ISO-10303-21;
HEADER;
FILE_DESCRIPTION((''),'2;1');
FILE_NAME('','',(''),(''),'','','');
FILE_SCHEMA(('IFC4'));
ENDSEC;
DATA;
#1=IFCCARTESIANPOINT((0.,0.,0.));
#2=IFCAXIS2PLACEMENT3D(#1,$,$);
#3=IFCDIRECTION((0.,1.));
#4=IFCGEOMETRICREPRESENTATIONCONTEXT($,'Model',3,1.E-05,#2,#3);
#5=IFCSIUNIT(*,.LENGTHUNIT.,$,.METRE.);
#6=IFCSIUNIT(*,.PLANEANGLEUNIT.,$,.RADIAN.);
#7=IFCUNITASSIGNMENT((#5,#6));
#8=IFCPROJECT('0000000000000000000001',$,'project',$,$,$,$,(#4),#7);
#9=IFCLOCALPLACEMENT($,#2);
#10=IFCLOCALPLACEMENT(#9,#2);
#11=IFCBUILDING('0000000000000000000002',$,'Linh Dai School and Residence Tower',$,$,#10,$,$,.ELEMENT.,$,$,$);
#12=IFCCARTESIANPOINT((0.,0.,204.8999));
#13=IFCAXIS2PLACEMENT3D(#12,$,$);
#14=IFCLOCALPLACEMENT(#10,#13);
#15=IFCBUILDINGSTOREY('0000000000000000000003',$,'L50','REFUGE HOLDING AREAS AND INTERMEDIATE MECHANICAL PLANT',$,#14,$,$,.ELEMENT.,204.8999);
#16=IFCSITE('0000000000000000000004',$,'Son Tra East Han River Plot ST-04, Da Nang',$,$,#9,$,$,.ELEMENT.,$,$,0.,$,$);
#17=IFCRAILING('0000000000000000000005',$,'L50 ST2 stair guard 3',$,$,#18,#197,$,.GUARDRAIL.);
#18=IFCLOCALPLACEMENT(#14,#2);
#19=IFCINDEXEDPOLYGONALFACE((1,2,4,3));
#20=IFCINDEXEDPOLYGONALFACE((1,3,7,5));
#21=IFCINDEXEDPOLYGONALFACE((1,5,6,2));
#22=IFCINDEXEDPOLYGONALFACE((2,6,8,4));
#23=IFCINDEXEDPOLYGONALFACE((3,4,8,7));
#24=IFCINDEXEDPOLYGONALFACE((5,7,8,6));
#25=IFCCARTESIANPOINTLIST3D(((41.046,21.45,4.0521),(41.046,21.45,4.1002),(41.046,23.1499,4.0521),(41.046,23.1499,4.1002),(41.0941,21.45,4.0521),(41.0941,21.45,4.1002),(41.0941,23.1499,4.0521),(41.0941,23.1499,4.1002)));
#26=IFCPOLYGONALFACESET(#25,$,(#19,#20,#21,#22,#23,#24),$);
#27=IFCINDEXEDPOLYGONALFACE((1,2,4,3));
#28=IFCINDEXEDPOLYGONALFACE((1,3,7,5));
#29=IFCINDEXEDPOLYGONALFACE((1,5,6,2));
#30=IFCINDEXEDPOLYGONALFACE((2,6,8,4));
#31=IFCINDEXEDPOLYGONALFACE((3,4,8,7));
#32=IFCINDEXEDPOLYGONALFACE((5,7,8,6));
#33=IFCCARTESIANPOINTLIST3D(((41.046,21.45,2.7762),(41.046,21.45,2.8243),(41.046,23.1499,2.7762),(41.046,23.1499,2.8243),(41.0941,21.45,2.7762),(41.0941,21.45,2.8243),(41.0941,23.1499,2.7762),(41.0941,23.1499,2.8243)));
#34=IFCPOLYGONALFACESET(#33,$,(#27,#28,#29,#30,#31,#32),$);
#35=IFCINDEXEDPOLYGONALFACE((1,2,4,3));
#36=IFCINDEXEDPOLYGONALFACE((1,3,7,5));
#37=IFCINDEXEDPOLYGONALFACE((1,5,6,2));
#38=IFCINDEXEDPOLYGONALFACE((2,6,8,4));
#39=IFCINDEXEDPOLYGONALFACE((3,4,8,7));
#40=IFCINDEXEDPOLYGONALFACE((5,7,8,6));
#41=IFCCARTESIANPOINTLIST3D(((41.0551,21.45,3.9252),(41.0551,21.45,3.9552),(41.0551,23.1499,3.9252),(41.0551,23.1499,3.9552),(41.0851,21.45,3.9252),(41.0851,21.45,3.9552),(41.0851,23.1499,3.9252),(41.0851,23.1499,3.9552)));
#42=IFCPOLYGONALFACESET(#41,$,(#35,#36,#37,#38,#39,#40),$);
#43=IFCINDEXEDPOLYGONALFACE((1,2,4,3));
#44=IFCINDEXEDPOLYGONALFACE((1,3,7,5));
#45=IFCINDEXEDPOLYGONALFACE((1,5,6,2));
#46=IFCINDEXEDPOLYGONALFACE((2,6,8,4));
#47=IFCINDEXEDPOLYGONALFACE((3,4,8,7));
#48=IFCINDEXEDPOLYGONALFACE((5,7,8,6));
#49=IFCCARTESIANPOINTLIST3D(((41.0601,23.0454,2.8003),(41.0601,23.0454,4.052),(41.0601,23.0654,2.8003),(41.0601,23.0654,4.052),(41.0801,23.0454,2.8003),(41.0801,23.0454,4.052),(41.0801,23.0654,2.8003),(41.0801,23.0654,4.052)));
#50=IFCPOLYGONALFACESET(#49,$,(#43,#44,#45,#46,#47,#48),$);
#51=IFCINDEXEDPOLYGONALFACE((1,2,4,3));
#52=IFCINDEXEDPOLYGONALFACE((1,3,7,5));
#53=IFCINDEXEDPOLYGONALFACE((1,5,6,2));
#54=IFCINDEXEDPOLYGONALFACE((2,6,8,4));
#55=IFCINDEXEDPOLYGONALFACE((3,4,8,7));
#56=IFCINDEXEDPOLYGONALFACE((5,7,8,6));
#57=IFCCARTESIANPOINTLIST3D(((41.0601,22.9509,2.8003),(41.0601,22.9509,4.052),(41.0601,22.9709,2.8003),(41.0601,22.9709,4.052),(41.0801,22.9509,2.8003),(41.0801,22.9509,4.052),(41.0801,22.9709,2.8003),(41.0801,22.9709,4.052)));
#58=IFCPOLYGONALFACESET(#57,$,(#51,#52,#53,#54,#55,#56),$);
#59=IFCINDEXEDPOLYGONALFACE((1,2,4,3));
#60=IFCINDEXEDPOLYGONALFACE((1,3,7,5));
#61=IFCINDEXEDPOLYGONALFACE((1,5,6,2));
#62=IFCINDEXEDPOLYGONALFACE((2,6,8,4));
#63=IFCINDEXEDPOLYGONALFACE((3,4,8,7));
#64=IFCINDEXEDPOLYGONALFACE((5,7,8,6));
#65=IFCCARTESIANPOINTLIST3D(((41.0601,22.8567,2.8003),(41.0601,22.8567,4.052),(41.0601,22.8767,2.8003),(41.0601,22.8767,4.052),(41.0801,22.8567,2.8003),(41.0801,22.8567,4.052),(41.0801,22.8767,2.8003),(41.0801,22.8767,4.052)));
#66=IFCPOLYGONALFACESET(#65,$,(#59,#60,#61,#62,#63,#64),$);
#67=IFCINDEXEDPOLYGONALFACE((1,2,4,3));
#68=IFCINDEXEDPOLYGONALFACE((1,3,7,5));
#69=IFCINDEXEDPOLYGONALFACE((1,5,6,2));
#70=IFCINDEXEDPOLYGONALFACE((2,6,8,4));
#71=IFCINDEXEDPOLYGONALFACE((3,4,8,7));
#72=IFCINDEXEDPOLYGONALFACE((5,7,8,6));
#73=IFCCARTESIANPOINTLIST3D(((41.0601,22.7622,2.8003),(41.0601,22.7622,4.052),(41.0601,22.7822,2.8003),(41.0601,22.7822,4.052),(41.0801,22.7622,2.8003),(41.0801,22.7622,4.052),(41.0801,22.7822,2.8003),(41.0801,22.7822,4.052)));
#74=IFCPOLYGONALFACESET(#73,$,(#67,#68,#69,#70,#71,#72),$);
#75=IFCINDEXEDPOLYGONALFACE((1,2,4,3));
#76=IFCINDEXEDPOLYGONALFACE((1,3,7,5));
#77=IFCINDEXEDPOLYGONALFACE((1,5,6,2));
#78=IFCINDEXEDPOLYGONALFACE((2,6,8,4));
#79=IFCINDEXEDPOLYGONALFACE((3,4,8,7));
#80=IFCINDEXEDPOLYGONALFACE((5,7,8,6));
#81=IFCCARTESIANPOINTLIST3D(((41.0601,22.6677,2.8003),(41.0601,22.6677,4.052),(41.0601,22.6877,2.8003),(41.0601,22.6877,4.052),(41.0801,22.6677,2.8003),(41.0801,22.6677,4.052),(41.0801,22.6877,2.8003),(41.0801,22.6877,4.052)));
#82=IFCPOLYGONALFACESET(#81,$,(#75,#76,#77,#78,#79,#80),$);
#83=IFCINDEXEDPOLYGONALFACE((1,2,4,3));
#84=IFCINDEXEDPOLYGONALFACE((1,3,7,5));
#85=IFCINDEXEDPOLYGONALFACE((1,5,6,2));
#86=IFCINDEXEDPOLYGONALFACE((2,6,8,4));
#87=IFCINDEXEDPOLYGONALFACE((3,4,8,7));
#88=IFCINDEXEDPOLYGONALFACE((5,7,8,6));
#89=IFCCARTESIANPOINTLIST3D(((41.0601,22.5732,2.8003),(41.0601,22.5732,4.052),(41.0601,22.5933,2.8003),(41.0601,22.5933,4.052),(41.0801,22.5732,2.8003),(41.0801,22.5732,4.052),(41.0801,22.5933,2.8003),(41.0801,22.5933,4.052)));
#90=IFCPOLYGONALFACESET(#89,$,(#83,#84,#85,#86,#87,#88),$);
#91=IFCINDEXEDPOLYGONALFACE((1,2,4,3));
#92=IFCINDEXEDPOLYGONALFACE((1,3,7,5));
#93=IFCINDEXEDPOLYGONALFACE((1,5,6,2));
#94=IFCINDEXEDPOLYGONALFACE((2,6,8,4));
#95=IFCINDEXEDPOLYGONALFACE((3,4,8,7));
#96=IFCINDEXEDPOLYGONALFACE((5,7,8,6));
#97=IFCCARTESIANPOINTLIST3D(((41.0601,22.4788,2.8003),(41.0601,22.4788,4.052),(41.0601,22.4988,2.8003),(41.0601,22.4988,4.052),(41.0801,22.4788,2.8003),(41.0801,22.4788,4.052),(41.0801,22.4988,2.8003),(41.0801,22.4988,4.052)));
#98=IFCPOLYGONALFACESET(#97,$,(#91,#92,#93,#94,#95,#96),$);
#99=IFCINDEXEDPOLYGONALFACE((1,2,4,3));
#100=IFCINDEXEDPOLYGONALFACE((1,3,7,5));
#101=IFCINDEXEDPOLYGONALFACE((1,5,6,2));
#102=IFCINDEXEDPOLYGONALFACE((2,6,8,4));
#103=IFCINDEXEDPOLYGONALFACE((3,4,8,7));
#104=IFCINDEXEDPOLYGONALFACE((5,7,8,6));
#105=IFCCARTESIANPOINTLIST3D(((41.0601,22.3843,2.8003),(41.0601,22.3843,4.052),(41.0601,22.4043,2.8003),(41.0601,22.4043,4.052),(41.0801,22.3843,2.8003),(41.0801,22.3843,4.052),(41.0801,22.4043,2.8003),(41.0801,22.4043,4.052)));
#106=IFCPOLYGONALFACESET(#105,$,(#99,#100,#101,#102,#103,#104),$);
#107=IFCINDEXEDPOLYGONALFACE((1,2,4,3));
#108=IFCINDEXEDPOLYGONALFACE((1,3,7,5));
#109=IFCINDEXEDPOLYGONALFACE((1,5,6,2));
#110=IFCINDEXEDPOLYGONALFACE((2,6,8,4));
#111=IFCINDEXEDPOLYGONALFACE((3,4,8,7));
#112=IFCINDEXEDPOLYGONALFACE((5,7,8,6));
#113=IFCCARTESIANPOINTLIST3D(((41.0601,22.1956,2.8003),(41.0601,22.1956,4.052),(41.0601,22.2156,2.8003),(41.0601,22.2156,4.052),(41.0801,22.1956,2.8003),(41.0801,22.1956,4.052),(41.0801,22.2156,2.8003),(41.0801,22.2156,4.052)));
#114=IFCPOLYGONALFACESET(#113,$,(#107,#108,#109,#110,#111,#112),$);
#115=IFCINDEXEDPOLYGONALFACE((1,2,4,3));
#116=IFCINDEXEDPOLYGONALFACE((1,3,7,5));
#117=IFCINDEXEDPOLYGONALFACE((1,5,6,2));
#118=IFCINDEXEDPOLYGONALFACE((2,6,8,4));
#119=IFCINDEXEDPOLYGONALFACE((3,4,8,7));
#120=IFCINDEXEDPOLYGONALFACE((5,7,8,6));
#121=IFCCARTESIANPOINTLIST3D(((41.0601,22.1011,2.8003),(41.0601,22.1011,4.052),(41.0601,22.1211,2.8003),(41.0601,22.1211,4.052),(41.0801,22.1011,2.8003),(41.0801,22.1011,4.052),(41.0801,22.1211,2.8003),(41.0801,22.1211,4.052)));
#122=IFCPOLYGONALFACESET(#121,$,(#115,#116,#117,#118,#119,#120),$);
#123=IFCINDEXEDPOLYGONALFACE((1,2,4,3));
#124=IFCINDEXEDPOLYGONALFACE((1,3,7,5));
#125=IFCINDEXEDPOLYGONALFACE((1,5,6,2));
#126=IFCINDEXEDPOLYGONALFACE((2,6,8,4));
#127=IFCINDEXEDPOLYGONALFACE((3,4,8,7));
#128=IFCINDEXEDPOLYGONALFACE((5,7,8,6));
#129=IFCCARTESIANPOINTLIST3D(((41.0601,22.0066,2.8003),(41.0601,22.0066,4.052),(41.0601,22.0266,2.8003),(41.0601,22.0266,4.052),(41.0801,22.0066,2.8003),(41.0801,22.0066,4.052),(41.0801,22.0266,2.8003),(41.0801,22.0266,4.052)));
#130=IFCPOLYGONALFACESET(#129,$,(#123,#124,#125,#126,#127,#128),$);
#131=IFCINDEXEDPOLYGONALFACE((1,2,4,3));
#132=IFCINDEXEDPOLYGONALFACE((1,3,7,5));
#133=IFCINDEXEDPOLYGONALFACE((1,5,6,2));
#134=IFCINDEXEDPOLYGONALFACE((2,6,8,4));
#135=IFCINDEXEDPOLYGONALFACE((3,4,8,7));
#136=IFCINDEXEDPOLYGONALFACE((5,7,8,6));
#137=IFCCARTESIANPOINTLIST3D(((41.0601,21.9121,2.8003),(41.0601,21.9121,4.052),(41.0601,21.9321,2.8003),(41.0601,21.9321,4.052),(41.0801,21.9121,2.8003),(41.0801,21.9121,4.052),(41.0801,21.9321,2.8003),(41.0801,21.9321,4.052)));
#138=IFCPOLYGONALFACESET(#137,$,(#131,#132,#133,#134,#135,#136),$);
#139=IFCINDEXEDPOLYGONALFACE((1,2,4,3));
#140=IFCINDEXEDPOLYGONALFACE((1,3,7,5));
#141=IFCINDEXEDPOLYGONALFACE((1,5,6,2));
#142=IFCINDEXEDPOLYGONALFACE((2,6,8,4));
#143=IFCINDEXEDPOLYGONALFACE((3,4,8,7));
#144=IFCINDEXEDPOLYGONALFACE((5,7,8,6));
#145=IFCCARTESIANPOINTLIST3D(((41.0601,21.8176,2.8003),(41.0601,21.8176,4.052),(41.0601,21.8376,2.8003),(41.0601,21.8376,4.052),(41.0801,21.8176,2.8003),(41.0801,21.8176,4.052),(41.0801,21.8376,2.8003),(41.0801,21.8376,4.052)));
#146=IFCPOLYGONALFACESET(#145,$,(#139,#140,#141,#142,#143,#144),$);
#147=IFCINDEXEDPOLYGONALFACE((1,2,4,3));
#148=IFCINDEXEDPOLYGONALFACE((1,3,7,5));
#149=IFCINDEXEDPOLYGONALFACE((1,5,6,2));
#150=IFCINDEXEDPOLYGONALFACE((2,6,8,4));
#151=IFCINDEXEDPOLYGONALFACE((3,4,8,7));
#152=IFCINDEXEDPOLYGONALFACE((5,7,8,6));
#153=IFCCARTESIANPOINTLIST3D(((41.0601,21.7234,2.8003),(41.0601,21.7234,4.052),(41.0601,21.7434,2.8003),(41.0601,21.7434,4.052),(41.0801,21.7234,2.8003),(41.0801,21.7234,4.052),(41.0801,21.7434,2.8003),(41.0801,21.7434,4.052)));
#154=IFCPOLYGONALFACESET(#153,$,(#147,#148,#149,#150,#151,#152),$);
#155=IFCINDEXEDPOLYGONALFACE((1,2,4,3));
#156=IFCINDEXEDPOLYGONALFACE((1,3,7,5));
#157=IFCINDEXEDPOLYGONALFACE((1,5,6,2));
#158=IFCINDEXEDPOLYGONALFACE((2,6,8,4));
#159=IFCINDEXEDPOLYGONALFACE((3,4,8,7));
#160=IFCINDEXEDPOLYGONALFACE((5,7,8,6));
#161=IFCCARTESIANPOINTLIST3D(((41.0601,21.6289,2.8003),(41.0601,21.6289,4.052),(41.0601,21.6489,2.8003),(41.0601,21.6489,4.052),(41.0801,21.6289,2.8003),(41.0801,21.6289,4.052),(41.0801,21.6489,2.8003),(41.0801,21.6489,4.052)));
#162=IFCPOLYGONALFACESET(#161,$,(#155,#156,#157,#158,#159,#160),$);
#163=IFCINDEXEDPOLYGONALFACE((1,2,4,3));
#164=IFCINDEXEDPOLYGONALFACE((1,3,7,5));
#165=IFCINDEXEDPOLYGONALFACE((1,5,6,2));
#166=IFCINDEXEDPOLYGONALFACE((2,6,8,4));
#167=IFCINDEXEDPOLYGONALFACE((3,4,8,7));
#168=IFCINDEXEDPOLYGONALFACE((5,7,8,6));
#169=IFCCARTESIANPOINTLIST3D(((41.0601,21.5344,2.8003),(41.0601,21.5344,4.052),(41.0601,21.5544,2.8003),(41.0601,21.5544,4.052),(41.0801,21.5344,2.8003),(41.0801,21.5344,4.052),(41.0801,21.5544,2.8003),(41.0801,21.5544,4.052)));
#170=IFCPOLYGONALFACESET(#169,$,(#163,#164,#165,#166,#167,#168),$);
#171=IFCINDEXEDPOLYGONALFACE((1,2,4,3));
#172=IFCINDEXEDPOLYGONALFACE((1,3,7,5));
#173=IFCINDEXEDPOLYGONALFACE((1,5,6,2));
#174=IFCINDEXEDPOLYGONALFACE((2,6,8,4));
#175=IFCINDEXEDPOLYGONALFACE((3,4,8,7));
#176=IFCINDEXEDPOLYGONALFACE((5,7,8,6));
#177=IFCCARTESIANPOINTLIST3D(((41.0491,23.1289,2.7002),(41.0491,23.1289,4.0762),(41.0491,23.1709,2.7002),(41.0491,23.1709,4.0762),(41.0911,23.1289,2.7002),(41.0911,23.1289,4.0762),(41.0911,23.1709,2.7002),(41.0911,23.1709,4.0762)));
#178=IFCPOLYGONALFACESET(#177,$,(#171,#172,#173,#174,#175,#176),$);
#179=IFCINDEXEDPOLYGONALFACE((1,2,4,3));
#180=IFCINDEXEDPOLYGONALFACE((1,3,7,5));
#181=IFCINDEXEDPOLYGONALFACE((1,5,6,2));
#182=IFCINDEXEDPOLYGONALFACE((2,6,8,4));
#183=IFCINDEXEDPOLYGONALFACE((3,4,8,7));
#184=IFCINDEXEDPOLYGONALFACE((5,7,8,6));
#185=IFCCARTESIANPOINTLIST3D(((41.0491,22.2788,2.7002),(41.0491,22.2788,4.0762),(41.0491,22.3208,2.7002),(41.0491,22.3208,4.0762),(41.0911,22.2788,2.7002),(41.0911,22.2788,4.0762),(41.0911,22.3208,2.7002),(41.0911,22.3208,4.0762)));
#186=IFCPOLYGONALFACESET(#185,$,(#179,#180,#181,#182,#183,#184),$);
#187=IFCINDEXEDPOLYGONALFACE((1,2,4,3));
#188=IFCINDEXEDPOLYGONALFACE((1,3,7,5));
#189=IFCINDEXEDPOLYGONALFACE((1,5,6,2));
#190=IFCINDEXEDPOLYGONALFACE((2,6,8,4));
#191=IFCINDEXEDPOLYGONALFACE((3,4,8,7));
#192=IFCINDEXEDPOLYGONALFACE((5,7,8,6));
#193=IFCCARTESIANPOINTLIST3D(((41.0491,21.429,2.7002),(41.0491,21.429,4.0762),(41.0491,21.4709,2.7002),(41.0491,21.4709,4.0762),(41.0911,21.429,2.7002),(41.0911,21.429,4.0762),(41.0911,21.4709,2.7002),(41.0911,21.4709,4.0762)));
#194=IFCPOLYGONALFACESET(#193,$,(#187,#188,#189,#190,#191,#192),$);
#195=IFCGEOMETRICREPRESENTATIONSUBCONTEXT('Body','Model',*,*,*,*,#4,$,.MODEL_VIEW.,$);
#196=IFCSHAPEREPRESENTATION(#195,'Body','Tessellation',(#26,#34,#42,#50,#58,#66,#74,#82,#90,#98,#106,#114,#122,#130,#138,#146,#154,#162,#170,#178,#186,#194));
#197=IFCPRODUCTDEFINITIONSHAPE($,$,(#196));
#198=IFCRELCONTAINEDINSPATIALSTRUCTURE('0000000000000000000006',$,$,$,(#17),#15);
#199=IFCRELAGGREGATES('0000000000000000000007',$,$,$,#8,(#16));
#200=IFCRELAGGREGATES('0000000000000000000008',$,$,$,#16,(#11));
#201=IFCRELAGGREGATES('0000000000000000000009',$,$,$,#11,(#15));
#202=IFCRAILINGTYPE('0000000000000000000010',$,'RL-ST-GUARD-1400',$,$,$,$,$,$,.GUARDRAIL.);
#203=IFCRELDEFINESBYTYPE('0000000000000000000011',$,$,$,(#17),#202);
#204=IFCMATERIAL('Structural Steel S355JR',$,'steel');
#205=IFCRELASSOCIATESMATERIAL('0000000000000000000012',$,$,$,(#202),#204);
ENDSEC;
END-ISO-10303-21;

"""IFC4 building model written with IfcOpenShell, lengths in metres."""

from ifc_helpers import new_model, si_unit, direction, frame, origin, origin_2d, place, context, subcontext, project, spatial, rectangle, extrude, source, transform, mapped, material, type_object, element, save


model = new_model("IFC4")

# Units and contexts
model_context = context("Model", 3, precision=1e-05, world=origin(), true_north=direction((0.0, 1.0)))
body_context = subcontext(model_context, "Body", "Model", "MODEL_VIEW")
ifc_project = project(units=[si_unit("LENGTHUNIT", "METRE"), si_unit("PLANEANGLEUNIT", "RADIAN")], contexts=[model_context])

# Site, building, storey
site_placement = place(None, origin())
site = spatial("IfcSite", under=ifc_project, at=site_placement, Name="Son Tra East Han River Plot ST-04, Da Nang", CompositionType="ELEMENT", RefElevation=0.0)
building_placement = place(site_placement, origin())
building = spatial("IfcBuilding", under=site, at=building_placement, Name="Linh Dai School and Residence Tower", CompositionType="ELEMENT")
storey_placement = place(building_placement, frame((0.0, 0.0, 204.8999)))
storey = spatial("IfcBuildingStorey", under=building, at=storey_placement, Name="L50", Description="REFUGE HOLDING AREAS AND INTERMEDIATE MECHANICAL PLANT", CompositionType="ELEMENT", Elevation=204.8999)

# Shared definitions
ifc_material_1 = material(Name="Structural Steel S355JR", Category="steel")

# Railing
railing_type_1 = type_object("IfcRailingType", Name="RL-ST-GUARD-1400", PredefinedType="GUARDRAIL", material=ifc_material_1)
shared_shape_1 = source(origin(), body_context, "Body", "SweptSolid", [
    extrude(rectangle(XDim=0.0481, YDim=0.0481, at=origin_2d()), frame((0.0, 0.0, 1.376), z_axis=(0.0, -1.0, 0.0), x_axis=(1.0, 0.0, 0.0)), (0.0, 0.0, 1.0), 1.7),
    extrude(rectangle(XDim=0.0481, YDim=0.0481, at=origin_2d()), frame((0.0, 0.0, 0.1001), z_axis=(0.0, -1.0, 0.0), x_axis=(1.0, 0.0, 0.0)), (0.0, 0.0, 1.0), 1.7),
    extrude(rectangle(XDim=0.03, YDim=0.03, at=origin_2d()), frame((0.0, 0.0, 1.24), z_axis=(0.0, -1.0, 0.0), x_axis=(1.0, 0.0, 0.0)), (0.0, 0.0, 1.0), 1.7),
    extrude(rectangle(XDim=0.02, YDim=0.02, at=origin_2d()), frame((0.0, -0.0945, 0.1001)), (0.0, 0.0, 1.0), 1.2517),
    extrude(rectangle(XDim=0.02, YDim=0.02, at=origin_2d()), frame((0.0, -0.189, 0.1001)), (0.0, 0.0, 1.0), 1.2517),
    extrude(rectangle(XDim=0.02, YDim=0.02, at=origin_2d()), frame((0.0, -0.2832, 0.1001)), (0.0, 0.0, 1.0), 1.2517),
    extrude(rectangle(XDim=0.02, YDim=0.02, at=origin_2d()), frame((0.0, -0.3777, 0.1001)), (0.0, 0.0, 1.0), 1.2517),
    extrude(rectangle(XDim=0.02, YDim=0.02, at=origin_2d()), frame((0.0, -0.4722, 0.1001)), (0.0, 0.0, 1.0), 1.2517),
    extrude(rectangle(XDim=0.02, YDim=0.02, at=origin_2d()), frame((0.0, -0.5667, 0.1001)), (0.0, 0.0, 1.0), 1.2517),
    extrude(rectangle(XDim=0.02, YDim=0.02, at=origin_2d()), frame((0.0, -0.6611, 0.1001)), (0.0, 0.0, 1.0), 1.2517),
    extrude(rectangle(XDim=0.02, YDim=0.02, at=origin_2d()), frame((0.0, -0.7556, 0.1001)), (0.0, 0.0, 1.0), 1.2517),
    extrude(rectangle(XDim=0.02, YDim=0.02, at=origin_2d()), frame((0.0, -0.9443, 0.1001)), (0.0, 0.0, 1.0), 1.2517),
    extrude(rectangle(XDim=0.02, YDim=0.02, at=origin_2d()), frame((0.0, -1.0388, 0.1001)), (0.0, 0.0, 1.0), 1.2517),
    extrude(rectangle(XDim=0.02, YDim=0.02, at=origin_2d()), frame((0.0, -1.1333, 0.1001)), (0.0, 0.0, 1.0), 1.2517),
    extrude(rectangle(XDim=0.02, YDim=0.02, at=origin_2d()), frame((0.0, -1.2278, 0.1001)), (0.0, 0.0, 1.0), 1.2517),
    extrude(rectangle(XDim=0.02, YDim=0.02, at=origin_2d()), frame((0.0, -1.3223, 0.1001)), (0.0, 0.0, 1.0), 1.2517),
    extrude(rectangle(XDim=0.02, YDim=0.02, at=origin_2d()), frame((0.0, -1.4165, 0.1001)), (0.0, 0.0, 1.0), 1.2517),
    extrude(rectangle(XDim=0.02, YDim=0.02, at=origin_2d()), frame((0.0, -1.511, 0.1001)), (0.0, 0.0, 1.0), 1.2517),
    extrude(rectangle(XDim=0.02, YDim=0.02, at=origin_2d()), frame((0.0, -1.6055, 0.1001)), (0.0, 0.0, 1.0), 1.2517),
    extrude(rectangle(XDim=0.042, YDim=0.042, at=origin_2d()), origin(), (0.0, 0.0, 1.0), 1.376),
    extrude(rectangle(XDim=0.042, YDim=0.042, at=origin_2d()), frame((0.0, -0.8501, 0.0)), (0.0, 0.0, 1.0), 1.376),
    extrude(rectangle(XDim=0.042, YDim=0.042, at=origin_2d()), frame((0.0, -1.7, 0.0)), (0.0, 0.0, 1.0), 1.376),
])
for number, where, name in (
    (1, (41.0701, 23.1499, 2.7002), "L50 ST2 stair guard 3"),
):
    element("IfcRailing", number, at=place(storey_placement, frame(where)), inside=storey, type_object=railing_type_1, Name=name, PredefinedType="GUARDRAIL", context=body_context, shape_type="MappedRepresentation", body=[
        mapped(shared_shape_1, transform((0.0, 0.0, 0.0), x_axis=(1.0, 0.0, 0.0), y_axis=(0.0, 1.0, 0.0), z_axis=(0.0, 0.0, 1.0), scale=1.0)),
    ])

save(model, "model.ifc")
